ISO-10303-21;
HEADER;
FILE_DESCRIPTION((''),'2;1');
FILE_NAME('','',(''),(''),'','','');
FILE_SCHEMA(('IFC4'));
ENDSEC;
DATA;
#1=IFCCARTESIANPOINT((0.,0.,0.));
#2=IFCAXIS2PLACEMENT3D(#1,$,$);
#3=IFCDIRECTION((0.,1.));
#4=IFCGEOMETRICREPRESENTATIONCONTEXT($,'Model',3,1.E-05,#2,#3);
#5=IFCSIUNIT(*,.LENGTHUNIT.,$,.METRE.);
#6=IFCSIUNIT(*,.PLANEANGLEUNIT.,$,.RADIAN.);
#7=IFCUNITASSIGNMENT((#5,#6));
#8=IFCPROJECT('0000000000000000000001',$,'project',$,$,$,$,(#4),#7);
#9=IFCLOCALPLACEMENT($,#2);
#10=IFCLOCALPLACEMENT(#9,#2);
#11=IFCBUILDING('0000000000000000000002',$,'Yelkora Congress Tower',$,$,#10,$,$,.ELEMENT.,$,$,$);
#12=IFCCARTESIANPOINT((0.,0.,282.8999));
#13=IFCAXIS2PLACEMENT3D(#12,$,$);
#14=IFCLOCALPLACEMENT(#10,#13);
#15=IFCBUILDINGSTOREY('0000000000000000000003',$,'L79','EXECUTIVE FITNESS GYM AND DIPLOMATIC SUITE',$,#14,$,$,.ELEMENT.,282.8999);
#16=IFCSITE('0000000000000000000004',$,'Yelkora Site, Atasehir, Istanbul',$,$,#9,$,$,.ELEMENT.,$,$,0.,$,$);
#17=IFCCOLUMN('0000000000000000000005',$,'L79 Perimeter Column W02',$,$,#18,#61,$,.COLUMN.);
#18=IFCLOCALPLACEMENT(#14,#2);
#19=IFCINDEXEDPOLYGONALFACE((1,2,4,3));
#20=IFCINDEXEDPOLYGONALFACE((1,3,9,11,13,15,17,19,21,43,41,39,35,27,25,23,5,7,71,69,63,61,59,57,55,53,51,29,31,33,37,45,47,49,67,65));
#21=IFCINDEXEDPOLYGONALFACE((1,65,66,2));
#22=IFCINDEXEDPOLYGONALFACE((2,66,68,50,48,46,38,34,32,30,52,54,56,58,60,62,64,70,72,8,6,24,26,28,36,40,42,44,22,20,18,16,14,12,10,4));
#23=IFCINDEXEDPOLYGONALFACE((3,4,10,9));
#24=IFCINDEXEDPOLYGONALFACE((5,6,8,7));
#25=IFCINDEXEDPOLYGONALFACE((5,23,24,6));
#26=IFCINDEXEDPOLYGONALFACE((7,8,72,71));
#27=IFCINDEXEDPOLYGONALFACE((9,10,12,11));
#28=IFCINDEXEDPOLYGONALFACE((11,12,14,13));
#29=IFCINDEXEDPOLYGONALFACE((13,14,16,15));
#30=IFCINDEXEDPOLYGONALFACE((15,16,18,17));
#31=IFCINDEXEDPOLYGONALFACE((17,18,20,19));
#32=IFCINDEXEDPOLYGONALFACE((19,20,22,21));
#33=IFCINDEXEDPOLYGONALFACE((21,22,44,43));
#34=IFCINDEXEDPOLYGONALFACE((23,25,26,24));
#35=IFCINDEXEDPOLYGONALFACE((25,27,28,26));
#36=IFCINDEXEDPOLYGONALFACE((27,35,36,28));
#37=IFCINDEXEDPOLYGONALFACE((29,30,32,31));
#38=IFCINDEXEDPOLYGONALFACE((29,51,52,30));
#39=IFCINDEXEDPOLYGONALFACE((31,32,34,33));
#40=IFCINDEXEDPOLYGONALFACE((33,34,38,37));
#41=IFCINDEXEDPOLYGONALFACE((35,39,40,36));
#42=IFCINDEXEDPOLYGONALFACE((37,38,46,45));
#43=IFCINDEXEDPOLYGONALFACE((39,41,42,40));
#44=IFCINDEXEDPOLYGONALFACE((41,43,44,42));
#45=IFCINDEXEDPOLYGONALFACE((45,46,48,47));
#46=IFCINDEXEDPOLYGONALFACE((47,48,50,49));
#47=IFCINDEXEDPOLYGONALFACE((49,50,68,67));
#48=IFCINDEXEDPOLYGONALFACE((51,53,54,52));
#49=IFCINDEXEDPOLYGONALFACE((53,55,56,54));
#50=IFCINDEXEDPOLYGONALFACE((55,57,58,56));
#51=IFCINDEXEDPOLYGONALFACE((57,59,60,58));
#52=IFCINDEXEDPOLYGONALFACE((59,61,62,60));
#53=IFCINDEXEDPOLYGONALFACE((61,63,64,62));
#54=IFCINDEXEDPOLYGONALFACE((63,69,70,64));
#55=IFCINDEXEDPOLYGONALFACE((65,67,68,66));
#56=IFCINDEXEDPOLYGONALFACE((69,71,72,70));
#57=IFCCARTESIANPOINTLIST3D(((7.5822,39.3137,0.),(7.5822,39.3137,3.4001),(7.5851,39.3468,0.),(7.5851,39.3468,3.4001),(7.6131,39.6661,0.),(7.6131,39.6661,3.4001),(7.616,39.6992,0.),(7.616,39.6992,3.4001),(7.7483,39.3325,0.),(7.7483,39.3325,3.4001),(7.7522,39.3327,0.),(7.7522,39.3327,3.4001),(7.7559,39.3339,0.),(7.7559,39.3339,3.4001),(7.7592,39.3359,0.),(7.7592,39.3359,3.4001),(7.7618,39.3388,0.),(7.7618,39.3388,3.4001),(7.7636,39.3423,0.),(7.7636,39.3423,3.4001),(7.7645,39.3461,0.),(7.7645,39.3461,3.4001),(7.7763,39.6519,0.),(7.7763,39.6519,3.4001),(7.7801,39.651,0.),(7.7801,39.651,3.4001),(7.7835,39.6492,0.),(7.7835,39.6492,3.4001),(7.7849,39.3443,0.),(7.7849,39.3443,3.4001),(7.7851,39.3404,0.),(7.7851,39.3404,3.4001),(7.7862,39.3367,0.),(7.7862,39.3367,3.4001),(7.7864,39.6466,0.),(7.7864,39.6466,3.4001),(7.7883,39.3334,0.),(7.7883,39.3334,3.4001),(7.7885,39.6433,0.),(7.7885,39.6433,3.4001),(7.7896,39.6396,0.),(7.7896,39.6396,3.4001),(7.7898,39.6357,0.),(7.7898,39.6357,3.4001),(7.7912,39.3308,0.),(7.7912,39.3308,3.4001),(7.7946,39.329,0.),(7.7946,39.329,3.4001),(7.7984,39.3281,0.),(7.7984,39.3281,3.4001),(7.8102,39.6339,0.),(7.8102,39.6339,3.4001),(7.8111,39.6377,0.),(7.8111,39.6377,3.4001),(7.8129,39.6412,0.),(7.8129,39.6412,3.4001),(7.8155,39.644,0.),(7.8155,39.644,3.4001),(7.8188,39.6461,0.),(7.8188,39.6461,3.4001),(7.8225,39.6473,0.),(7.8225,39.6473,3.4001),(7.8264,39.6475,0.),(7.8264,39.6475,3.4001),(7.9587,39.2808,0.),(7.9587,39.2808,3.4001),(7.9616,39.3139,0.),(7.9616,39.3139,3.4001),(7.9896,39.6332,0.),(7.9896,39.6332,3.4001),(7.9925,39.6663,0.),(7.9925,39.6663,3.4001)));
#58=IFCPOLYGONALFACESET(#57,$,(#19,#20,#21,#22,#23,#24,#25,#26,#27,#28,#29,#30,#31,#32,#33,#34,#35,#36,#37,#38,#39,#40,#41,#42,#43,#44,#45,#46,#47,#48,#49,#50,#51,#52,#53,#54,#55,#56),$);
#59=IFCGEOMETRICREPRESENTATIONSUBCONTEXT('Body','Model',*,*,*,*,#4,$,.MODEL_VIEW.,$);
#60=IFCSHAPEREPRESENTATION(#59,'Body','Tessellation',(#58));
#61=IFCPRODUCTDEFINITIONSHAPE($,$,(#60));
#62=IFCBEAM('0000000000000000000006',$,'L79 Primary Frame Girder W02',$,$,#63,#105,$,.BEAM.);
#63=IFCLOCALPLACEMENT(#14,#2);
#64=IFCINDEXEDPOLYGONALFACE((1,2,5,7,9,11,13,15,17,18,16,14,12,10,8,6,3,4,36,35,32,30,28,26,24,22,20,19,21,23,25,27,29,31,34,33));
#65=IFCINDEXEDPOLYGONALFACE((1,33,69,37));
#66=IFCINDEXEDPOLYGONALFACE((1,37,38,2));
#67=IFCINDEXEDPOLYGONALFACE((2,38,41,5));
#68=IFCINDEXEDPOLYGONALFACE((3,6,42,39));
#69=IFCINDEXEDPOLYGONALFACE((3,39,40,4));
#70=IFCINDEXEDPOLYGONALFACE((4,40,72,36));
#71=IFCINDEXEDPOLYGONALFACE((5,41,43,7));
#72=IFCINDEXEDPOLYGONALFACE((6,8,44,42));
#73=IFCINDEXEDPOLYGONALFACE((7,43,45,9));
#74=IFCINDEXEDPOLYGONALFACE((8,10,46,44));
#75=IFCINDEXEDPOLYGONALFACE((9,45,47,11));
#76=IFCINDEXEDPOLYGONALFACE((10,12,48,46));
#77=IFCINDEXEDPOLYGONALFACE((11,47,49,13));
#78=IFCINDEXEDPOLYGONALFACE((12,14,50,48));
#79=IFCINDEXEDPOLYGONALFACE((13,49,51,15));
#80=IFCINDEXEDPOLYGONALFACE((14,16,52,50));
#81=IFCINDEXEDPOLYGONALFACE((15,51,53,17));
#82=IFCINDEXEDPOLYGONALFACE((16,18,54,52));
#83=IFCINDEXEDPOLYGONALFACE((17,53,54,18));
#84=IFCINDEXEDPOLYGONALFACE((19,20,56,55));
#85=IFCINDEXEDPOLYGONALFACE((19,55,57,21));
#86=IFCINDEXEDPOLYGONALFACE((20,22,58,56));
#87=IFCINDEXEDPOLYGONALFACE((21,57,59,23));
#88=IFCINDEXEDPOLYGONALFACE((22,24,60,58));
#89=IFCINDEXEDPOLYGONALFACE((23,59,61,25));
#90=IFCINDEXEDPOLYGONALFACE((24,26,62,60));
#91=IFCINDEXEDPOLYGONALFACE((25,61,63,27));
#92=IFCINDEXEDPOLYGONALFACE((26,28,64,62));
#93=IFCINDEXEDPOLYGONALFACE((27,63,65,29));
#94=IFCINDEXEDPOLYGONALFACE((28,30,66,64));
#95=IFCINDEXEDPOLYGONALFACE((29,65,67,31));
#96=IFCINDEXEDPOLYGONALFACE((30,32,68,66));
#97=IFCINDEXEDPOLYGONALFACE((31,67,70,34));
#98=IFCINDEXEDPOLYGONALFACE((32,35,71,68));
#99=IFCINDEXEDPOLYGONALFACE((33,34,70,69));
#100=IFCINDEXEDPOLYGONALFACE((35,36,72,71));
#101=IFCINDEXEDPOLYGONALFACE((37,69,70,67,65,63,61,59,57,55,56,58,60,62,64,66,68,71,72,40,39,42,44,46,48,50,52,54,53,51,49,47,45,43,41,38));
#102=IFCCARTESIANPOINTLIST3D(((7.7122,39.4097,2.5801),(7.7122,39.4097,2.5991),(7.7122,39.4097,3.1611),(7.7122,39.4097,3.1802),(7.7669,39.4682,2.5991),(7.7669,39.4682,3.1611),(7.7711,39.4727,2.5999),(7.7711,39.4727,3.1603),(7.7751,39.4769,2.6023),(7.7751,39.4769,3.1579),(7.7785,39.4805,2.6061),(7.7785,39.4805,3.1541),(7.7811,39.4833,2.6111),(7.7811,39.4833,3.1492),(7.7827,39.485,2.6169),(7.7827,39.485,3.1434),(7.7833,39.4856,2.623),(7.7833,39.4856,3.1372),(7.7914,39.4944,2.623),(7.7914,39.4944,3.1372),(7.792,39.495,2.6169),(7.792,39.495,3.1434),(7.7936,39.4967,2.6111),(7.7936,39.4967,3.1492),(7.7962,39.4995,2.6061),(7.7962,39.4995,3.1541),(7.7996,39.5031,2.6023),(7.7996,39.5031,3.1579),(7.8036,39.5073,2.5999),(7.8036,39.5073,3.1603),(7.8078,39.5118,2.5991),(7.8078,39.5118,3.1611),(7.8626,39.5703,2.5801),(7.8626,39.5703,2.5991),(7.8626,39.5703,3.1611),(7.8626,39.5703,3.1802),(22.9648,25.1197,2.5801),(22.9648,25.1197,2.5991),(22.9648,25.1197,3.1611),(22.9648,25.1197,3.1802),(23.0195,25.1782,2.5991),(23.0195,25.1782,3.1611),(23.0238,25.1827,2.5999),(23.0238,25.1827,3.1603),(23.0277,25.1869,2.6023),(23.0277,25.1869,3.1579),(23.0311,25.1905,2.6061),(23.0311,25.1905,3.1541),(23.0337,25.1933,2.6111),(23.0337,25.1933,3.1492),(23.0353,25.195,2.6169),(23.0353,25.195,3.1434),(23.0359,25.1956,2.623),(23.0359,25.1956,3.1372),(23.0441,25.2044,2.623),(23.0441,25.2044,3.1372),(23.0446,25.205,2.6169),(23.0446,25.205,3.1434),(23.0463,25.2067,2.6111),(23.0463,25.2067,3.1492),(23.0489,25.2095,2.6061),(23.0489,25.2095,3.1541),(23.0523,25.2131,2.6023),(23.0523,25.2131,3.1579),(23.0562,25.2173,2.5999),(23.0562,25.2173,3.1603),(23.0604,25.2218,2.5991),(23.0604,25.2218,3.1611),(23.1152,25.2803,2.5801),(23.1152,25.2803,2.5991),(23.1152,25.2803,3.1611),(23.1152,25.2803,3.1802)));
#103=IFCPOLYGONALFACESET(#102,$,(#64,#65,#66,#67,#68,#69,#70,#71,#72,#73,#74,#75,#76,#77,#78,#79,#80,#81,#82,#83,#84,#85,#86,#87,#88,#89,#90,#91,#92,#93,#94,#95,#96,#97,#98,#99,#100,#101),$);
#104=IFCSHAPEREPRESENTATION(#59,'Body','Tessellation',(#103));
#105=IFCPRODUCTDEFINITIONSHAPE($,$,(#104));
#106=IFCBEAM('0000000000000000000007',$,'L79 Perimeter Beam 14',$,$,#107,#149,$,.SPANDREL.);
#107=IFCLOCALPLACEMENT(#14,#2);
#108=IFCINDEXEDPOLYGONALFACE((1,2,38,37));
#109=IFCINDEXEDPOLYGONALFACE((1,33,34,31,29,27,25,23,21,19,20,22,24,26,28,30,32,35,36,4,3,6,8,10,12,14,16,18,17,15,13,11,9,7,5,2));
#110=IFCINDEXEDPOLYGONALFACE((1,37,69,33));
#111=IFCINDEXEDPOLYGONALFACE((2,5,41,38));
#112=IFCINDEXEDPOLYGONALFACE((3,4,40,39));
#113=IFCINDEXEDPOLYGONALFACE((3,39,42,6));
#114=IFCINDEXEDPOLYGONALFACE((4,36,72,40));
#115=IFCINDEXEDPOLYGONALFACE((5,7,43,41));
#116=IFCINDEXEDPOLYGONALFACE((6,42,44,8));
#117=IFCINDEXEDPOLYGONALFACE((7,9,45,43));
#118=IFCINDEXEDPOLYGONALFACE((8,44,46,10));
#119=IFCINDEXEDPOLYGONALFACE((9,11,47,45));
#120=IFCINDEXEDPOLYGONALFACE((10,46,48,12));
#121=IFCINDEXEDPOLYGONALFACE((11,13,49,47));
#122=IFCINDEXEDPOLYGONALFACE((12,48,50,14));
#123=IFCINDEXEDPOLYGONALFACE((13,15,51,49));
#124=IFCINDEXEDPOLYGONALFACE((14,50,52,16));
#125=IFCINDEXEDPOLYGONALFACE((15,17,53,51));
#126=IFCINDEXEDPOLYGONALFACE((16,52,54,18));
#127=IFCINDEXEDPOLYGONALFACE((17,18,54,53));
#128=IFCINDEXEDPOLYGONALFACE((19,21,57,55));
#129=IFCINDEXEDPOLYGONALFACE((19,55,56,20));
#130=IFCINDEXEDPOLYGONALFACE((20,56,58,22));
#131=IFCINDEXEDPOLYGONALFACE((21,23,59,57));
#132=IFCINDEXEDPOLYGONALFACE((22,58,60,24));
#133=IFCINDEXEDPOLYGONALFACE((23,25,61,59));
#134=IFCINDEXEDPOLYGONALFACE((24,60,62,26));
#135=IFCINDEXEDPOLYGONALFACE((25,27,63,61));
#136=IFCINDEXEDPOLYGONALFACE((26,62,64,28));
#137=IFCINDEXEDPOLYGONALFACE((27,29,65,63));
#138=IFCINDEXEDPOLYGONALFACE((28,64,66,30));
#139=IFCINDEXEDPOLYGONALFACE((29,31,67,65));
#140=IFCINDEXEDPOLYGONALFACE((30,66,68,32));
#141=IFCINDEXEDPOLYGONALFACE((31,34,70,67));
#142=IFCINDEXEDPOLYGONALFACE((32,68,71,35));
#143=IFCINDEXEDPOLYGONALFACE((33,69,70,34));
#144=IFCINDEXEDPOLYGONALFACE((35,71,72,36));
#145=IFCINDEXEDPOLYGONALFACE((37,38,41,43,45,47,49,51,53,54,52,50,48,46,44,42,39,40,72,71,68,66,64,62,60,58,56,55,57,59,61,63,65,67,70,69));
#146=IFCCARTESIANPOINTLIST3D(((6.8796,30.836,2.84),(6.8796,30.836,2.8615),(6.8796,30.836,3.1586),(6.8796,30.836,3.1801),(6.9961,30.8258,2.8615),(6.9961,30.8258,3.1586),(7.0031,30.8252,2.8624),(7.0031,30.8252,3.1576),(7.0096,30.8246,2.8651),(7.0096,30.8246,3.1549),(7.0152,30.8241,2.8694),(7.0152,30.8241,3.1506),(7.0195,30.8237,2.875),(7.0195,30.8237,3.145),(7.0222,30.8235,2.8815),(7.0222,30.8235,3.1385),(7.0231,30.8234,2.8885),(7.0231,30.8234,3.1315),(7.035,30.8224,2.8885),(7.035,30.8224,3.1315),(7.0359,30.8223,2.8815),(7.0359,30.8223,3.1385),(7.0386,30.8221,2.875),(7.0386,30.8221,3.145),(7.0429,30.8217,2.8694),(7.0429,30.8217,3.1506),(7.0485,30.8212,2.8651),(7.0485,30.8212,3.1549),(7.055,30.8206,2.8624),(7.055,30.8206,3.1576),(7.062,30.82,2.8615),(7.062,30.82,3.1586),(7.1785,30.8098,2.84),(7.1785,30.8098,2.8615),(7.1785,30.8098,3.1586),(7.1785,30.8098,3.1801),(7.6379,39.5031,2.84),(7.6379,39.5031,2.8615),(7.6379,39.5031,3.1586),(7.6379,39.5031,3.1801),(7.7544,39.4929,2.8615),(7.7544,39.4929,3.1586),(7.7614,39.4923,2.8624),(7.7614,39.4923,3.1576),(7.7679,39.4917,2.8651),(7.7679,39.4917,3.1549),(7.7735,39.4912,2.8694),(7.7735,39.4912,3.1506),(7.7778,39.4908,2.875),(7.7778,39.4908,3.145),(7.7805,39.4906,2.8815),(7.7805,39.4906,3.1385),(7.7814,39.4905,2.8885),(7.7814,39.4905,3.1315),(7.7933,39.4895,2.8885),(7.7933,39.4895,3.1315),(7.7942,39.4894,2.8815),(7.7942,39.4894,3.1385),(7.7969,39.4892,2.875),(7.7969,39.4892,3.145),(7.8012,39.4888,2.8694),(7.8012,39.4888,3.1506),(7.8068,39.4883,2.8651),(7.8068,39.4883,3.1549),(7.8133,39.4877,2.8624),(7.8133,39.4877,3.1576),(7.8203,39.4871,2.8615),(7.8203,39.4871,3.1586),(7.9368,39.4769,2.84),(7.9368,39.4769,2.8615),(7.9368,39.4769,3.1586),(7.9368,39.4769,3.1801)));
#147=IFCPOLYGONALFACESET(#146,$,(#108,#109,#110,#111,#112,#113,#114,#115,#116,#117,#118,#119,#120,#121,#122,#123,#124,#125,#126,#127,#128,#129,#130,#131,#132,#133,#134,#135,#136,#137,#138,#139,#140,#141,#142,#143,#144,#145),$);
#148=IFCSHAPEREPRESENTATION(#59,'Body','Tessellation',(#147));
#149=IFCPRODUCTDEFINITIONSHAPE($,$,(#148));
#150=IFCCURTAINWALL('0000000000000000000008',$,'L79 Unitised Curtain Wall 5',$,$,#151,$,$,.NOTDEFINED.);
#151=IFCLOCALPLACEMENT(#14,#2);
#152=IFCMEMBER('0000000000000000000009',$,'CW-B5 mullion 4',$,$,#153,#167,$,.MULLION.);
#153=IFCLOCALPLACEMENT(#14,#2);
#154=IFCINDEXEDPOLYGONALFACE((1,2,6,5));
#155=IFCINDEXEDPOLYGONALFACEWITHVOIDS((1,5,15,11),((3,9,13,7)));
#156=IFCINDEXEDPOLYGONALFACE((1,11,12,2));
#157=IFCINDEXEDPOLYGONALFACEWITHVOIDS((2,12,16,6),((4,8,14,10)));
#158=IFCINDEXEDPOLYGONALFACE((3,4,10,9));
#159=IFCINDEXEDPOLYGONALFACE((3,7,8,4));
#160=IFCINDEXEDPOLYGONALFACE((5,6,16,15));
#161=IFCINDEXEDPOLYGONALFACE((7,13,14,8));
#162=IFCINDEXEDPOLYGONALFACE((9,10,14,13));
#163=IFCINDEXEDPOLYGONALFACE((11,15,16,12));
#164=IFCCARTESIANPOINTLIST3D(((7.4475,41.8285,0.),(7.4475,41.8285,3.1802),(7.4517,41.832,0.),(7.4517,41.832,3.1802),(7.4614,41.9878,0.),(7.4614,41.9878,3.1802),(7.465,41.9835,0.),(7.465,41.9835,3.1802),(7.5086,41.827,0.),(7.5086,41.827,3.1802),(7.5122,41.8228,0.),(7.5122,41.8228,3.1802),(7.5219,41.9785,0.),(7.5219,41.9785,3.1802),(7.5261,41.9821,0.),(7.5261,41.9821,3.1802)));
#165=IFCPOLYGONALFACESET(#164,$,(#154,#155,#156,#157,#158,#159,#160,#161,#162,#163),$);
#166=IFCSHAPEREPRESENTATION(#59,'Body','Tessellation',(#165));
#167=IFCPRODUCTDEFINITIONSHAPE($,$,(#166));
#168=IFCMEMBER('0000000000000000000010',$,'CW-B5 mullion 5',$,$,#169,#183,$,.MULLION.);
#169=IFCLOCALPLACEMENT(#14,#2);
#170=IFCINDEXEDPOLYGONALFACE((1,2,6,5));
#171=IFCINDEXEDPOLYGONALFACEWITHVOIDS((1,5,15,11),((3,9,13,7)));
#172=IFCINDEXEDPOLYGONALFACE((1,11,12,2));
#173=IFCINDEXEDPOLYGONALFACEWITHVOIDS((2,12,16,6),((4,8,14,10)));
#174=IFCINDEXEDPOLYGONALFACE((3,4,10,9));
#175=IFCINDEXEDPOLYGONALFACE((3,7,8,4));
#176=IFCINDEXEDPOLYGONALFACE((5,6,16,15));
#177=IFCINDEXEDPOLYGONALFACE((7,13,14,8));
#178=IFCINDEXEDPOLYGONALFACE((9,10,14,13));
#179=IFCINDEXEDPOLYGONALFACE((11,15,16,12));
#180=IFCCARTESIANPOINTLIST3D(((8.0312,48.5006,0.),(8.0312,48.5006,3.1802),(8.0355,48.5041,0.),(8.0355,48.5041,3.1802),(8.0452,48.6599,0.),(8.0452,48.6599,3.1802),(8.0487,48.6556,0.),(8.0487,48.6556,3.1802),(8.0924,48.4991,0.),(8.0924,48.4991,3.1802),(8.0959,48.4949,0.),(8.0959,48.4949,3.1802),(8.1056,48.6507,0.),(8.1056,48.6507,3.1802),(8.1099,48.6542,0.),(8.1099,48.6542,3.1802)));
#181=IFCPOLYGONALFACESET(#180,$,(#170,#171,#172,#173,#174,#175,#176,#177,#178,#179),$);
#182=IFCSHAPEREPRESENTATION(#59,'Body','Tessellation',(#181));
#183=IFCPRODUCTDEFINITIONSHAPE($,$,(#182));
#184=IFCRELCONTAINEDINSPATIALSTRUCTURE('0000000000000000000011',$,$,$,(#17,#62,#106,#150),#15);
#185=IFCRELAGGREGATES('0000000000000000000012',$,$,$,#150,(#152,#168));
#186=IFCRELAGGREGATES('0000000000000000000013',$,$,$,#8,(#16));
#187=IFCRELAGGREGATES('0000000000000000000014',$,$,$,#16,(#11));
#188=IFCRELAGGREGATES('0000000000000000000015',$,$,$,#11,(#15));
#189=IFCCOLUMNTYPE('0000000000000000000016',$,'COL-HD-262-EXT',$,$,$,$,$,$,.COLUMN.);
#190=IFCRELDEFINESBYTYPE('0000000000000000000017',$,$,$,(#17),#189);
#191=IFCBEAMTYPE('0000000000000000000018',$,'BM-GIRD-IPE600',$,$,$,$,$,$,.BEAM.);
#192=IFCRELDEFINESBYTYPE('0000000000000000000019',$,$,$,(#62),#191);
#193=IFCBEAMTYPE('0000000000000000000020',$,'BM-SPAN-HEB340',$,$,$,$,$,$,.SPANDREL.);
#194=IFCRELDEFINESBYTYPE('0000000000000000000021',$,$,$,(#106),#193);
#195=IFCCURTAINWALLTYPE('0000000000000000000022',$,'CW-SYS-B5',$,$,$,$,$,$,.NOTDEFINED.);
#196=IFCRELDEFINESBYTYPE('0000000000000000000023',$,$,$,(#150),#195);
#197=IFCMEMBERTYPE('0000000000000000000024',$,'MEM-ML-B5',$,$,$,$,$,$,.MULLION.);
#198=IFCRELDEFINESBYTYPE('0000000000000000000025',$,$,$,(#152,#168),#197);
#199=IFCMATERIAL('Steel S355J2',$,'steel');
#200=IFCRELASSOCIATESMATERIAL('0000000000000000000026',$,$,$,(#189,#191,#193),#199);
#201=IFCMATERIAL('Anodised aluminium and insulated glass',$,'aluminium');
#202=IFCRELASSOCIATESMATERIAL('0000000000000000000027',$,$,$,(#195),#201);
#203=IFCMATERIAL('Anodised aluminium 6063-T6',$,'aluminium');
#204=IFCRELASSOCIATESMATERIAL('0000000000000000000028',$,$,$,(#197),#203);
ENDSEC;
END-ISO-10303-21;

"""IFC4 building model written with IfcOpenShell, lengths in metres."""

from ifc_helpers import new_model, si_unit, direction, frame, origin, origin_2d, place, context, subcontext, project, spatial, hollow_rectangle, i_section, extrude, material, material_profile, profile_set, type_object, element, aggregate, save


model = new_model("IFC4")

# Units and contexts
model_context = context("Model", 3, precision=1e-05, world=origin(), true_north=direction((0.0, 1.0)))
body_context = subcontext(model_context, "Body", "Model", "MODEL_VIEW")
ifc_project = project(units=[si_unit("LENGTHUNIT", "METRE"), si_unit("PLANEANGLEUNIT", "RADIAN")], contexts=[model_context])

# Site, building, storey
site_placement = place(None, origin())
site = spatial("IfcSite", under=ifc_project, at=site_placement, Name="Yelkora Site, Atasehir, Istanbul", CompositionType="ELEMENT", RefElevation=0.0)
building_placement = place(site_placement, origin())
building = spatial("IfcBuilding", under=site, at=building_placement, Name="Yelkora Congress Tower", CompositionType="ELEMENT")
storey_placement = place(building_placement, frame((0.0, 0.0, 282.8999)))
storey = spatial("IfcBuildingStorey", under=building, at=storey_placement, Name="L79", Description="EXECUTIVE FITNESS GYM AND DIPLOMATIC SUITE", CompositionType="ELEMENT", Elevation=282.8999)

# Column
ifc_material_1 = material(Name="Steel S355J2", Category="steel")
ifc_material_profile_1 = material_profile(ifc_material_1, i_section(OverallWidth=0.3779, OverallDepth=0.387, WebThickness=0.0205, FlangeThickness=0.0332, FilletRadius=0.0149, at=origin_2d()), Name="HD 360x262")
ifc_profile_set_1 = profile_set([ifc_material_profile_1], Name="Steel S355J2")
column_type = type_object("IfcColumnType", Name="COL-HD-262-EXT", PredefinedType="COLUMN", material=ifc_profile_set_1)
column_placement = place(storey_placement, frame((7.7874, 39.49, 0.0), z_axis=(0.0, 0.0, 1.0), x_axis=(0.996195, -0.087156, 0.0)))
element("IfcColumn", 1, at=column_placement, inside=storey, type_object=column_type, Name="L79 Perimeter Column W02", PredefinedType="COLUMN", context=body_context, shape_type="SweptSolid", body=[
    extrude(i_section(OverallWidth=0.3779, OverallDepth=0.387, WebThickness=0.0205, FlangeThickness=0.0332, FilletRadius=0.0149, at=origin_2d()), origin(), (0.0, 0.0, 1.0), 3.4001),
])

# Beams
ifc_material_profile_2 = material_profile(ifc_material_1, i_section(OverallWidth=0.22, OverallDepth=0.6001, WebThickness=0.012, FlangeThickness=0.019, FilletRadius=0.0239, at=origin_2d()), Name="IPE 600")
ifc_profile_set_2 = profile_set([ifc_material_profile_2], Name="Steel S355J2")
beam_type_1 = type_object("IfcBeamType", Name="BM-GIRD-IPE600", PredefinedType="BEAM", material=ifc_profile_set_2)
beam_1_placement = place(storey_placement, frame((7.7874, 39.49, 2.8801), z_axis=(0.72976, -0.683703, 0.0), x_axis=(0.683703, 0.72976, 0.0)))
element("IfcBeam", 2, at=beam_1_placement, inside=storey, type_object=beam_type_1, Name="L79 Primary Frame Girder W02", PredefinedType="BEAM", context=body_context, shape_type="SweptSolid", body=[
    extrude(i_section(OverallWidth=0.22, OverallDepth=0.6001, WebThickness=0.012, FlangeThickness=0.019, FilletRadius=0.0239, at=origin_2d()), origin(), (0.0, 0.0, 1.0), 20.9009),
])
ifc_material_profile_3 = material_profile(ifc_material_1, i_section(OverallWidth=0.3, OverallDepth=0.3401, WebThickness=0.012, FlangeThickness=0.0215, FilletRadius=0.0271, at=origin_2d()), Name="HEB 340")
ifc_profile_set_3 = profile_set([ifc_material_profile_3], Name="Steel S355J2")
beam_type_2 = type_object("IfcBeamType", Name="BM-SPAN-HEB340", PredefinedType="SPANDREL", material=ifc_profile_set_3)
beam_2_placement = place(storey_placement, frame((7.7874, 39.49, 3.01), z_axis=(-0.08716, -0.996194, 0.0), x_axis=(0.996194, -0.08716, 0.0)))
element("IfcBeam", 3, at=beam_2_placement, inside=storey, type_object=beam_type_2, Name="L79 Perimeter Beam 14", PredefinedType="SPANDREL", context=body_context, shape_type="SweptSolid", body=[
    extrude(i_section(OverallWidth=0.3, OverallDepth=0.3401, WebThickness=0.012, FlangeThickness=0.0215, FilletRadius=0.0271, at=origin_2d()), origin(), (0.0, 0.0, 1.0), 8.7002),
])

# Curtain wall, members
ifc_material_2 = material(Name="Anodised aluminium and insulated glass", Category="aluminium")
curtain_wall_type = type_object("IfcCurtainWallType", Name="CW-SYS-B5", PredefinedType="NOTDEFINED", material=ifc_material_2)
curtain_wall_1_placement = place(storey_placement, origin())
curtain_wall_1 = element("IfcCurtainWall", 4, at=curtain_wall_1_placement, inside=storey, type_object=curtain_wall_type, Name="L79 Unitised Curtain Wall 5", PredefinedType="NOTDEFINED")
ifc_material_3 = material(Name="Anodised aluminium 6063-T6", Category="aluminium")
ifc_material_profile_4 = material_profile(ifc_material_3, hollow_rectangle(XDim=0.0649, YDim=0.1599, WallThickness=0.0039, at=origin_2d()), Name="ALU 65x160x4")
ifc_profile_set_4 = profile_set([ifc_material_profile_4], Name="Anodised aluminium 6063-T6")
member_type_1 = type_object("IfcMemberType", Name="MEM-ML-B5", PredefinedType="MULLION", material=ifc_profile_set_4)
member_1_placement = place(storey_placement, frame((7.4868, 41.9053, 0.0), z_axis=(0.0, 0.0, 1.0), x_axis=(-0.996195, 0.087155, 0.0)))
member_1 = element("IfcMember", 5, at=member_1_placement, type_object=member_type_1, Name="CW-B5 mullion 4", PredefinedType="MULLION", context=body_context, shape_type="SweptSolid", body=[
    extrude(hollow_rectangle(XDim=0.0649, YDim=0.1599, WallThickness=0.0039, at=origin_2d()), origin(), (0.0, 0.0, 1.0), 3.1802),
])
member_2_placement = place(storey_placement, frame((8.0706, 48.5774, 0.0), z_axis=(0.0, 0.0, 1.0), x_axis=(-0.996195, 0.087155, 0.0)))
member_2 = element("IfcMember", 6, at=member_2_placement, type_object=member_type_1, Name="CW-B5 mullion 5", PredefinedType="MULLION", context=body_context, shape_type="SweptSolid", body=[
    extrude(hollow_rectangle(XDim=0.0649, YDim=0.1599, WallThickness=0.0039, at=origin_2d()), origin(), (0.0, 0.0, 1.0), 3.1802),
])

aggregate(curtain_wall_1, [member_1, member_2])

save(model, "model.ifc")
